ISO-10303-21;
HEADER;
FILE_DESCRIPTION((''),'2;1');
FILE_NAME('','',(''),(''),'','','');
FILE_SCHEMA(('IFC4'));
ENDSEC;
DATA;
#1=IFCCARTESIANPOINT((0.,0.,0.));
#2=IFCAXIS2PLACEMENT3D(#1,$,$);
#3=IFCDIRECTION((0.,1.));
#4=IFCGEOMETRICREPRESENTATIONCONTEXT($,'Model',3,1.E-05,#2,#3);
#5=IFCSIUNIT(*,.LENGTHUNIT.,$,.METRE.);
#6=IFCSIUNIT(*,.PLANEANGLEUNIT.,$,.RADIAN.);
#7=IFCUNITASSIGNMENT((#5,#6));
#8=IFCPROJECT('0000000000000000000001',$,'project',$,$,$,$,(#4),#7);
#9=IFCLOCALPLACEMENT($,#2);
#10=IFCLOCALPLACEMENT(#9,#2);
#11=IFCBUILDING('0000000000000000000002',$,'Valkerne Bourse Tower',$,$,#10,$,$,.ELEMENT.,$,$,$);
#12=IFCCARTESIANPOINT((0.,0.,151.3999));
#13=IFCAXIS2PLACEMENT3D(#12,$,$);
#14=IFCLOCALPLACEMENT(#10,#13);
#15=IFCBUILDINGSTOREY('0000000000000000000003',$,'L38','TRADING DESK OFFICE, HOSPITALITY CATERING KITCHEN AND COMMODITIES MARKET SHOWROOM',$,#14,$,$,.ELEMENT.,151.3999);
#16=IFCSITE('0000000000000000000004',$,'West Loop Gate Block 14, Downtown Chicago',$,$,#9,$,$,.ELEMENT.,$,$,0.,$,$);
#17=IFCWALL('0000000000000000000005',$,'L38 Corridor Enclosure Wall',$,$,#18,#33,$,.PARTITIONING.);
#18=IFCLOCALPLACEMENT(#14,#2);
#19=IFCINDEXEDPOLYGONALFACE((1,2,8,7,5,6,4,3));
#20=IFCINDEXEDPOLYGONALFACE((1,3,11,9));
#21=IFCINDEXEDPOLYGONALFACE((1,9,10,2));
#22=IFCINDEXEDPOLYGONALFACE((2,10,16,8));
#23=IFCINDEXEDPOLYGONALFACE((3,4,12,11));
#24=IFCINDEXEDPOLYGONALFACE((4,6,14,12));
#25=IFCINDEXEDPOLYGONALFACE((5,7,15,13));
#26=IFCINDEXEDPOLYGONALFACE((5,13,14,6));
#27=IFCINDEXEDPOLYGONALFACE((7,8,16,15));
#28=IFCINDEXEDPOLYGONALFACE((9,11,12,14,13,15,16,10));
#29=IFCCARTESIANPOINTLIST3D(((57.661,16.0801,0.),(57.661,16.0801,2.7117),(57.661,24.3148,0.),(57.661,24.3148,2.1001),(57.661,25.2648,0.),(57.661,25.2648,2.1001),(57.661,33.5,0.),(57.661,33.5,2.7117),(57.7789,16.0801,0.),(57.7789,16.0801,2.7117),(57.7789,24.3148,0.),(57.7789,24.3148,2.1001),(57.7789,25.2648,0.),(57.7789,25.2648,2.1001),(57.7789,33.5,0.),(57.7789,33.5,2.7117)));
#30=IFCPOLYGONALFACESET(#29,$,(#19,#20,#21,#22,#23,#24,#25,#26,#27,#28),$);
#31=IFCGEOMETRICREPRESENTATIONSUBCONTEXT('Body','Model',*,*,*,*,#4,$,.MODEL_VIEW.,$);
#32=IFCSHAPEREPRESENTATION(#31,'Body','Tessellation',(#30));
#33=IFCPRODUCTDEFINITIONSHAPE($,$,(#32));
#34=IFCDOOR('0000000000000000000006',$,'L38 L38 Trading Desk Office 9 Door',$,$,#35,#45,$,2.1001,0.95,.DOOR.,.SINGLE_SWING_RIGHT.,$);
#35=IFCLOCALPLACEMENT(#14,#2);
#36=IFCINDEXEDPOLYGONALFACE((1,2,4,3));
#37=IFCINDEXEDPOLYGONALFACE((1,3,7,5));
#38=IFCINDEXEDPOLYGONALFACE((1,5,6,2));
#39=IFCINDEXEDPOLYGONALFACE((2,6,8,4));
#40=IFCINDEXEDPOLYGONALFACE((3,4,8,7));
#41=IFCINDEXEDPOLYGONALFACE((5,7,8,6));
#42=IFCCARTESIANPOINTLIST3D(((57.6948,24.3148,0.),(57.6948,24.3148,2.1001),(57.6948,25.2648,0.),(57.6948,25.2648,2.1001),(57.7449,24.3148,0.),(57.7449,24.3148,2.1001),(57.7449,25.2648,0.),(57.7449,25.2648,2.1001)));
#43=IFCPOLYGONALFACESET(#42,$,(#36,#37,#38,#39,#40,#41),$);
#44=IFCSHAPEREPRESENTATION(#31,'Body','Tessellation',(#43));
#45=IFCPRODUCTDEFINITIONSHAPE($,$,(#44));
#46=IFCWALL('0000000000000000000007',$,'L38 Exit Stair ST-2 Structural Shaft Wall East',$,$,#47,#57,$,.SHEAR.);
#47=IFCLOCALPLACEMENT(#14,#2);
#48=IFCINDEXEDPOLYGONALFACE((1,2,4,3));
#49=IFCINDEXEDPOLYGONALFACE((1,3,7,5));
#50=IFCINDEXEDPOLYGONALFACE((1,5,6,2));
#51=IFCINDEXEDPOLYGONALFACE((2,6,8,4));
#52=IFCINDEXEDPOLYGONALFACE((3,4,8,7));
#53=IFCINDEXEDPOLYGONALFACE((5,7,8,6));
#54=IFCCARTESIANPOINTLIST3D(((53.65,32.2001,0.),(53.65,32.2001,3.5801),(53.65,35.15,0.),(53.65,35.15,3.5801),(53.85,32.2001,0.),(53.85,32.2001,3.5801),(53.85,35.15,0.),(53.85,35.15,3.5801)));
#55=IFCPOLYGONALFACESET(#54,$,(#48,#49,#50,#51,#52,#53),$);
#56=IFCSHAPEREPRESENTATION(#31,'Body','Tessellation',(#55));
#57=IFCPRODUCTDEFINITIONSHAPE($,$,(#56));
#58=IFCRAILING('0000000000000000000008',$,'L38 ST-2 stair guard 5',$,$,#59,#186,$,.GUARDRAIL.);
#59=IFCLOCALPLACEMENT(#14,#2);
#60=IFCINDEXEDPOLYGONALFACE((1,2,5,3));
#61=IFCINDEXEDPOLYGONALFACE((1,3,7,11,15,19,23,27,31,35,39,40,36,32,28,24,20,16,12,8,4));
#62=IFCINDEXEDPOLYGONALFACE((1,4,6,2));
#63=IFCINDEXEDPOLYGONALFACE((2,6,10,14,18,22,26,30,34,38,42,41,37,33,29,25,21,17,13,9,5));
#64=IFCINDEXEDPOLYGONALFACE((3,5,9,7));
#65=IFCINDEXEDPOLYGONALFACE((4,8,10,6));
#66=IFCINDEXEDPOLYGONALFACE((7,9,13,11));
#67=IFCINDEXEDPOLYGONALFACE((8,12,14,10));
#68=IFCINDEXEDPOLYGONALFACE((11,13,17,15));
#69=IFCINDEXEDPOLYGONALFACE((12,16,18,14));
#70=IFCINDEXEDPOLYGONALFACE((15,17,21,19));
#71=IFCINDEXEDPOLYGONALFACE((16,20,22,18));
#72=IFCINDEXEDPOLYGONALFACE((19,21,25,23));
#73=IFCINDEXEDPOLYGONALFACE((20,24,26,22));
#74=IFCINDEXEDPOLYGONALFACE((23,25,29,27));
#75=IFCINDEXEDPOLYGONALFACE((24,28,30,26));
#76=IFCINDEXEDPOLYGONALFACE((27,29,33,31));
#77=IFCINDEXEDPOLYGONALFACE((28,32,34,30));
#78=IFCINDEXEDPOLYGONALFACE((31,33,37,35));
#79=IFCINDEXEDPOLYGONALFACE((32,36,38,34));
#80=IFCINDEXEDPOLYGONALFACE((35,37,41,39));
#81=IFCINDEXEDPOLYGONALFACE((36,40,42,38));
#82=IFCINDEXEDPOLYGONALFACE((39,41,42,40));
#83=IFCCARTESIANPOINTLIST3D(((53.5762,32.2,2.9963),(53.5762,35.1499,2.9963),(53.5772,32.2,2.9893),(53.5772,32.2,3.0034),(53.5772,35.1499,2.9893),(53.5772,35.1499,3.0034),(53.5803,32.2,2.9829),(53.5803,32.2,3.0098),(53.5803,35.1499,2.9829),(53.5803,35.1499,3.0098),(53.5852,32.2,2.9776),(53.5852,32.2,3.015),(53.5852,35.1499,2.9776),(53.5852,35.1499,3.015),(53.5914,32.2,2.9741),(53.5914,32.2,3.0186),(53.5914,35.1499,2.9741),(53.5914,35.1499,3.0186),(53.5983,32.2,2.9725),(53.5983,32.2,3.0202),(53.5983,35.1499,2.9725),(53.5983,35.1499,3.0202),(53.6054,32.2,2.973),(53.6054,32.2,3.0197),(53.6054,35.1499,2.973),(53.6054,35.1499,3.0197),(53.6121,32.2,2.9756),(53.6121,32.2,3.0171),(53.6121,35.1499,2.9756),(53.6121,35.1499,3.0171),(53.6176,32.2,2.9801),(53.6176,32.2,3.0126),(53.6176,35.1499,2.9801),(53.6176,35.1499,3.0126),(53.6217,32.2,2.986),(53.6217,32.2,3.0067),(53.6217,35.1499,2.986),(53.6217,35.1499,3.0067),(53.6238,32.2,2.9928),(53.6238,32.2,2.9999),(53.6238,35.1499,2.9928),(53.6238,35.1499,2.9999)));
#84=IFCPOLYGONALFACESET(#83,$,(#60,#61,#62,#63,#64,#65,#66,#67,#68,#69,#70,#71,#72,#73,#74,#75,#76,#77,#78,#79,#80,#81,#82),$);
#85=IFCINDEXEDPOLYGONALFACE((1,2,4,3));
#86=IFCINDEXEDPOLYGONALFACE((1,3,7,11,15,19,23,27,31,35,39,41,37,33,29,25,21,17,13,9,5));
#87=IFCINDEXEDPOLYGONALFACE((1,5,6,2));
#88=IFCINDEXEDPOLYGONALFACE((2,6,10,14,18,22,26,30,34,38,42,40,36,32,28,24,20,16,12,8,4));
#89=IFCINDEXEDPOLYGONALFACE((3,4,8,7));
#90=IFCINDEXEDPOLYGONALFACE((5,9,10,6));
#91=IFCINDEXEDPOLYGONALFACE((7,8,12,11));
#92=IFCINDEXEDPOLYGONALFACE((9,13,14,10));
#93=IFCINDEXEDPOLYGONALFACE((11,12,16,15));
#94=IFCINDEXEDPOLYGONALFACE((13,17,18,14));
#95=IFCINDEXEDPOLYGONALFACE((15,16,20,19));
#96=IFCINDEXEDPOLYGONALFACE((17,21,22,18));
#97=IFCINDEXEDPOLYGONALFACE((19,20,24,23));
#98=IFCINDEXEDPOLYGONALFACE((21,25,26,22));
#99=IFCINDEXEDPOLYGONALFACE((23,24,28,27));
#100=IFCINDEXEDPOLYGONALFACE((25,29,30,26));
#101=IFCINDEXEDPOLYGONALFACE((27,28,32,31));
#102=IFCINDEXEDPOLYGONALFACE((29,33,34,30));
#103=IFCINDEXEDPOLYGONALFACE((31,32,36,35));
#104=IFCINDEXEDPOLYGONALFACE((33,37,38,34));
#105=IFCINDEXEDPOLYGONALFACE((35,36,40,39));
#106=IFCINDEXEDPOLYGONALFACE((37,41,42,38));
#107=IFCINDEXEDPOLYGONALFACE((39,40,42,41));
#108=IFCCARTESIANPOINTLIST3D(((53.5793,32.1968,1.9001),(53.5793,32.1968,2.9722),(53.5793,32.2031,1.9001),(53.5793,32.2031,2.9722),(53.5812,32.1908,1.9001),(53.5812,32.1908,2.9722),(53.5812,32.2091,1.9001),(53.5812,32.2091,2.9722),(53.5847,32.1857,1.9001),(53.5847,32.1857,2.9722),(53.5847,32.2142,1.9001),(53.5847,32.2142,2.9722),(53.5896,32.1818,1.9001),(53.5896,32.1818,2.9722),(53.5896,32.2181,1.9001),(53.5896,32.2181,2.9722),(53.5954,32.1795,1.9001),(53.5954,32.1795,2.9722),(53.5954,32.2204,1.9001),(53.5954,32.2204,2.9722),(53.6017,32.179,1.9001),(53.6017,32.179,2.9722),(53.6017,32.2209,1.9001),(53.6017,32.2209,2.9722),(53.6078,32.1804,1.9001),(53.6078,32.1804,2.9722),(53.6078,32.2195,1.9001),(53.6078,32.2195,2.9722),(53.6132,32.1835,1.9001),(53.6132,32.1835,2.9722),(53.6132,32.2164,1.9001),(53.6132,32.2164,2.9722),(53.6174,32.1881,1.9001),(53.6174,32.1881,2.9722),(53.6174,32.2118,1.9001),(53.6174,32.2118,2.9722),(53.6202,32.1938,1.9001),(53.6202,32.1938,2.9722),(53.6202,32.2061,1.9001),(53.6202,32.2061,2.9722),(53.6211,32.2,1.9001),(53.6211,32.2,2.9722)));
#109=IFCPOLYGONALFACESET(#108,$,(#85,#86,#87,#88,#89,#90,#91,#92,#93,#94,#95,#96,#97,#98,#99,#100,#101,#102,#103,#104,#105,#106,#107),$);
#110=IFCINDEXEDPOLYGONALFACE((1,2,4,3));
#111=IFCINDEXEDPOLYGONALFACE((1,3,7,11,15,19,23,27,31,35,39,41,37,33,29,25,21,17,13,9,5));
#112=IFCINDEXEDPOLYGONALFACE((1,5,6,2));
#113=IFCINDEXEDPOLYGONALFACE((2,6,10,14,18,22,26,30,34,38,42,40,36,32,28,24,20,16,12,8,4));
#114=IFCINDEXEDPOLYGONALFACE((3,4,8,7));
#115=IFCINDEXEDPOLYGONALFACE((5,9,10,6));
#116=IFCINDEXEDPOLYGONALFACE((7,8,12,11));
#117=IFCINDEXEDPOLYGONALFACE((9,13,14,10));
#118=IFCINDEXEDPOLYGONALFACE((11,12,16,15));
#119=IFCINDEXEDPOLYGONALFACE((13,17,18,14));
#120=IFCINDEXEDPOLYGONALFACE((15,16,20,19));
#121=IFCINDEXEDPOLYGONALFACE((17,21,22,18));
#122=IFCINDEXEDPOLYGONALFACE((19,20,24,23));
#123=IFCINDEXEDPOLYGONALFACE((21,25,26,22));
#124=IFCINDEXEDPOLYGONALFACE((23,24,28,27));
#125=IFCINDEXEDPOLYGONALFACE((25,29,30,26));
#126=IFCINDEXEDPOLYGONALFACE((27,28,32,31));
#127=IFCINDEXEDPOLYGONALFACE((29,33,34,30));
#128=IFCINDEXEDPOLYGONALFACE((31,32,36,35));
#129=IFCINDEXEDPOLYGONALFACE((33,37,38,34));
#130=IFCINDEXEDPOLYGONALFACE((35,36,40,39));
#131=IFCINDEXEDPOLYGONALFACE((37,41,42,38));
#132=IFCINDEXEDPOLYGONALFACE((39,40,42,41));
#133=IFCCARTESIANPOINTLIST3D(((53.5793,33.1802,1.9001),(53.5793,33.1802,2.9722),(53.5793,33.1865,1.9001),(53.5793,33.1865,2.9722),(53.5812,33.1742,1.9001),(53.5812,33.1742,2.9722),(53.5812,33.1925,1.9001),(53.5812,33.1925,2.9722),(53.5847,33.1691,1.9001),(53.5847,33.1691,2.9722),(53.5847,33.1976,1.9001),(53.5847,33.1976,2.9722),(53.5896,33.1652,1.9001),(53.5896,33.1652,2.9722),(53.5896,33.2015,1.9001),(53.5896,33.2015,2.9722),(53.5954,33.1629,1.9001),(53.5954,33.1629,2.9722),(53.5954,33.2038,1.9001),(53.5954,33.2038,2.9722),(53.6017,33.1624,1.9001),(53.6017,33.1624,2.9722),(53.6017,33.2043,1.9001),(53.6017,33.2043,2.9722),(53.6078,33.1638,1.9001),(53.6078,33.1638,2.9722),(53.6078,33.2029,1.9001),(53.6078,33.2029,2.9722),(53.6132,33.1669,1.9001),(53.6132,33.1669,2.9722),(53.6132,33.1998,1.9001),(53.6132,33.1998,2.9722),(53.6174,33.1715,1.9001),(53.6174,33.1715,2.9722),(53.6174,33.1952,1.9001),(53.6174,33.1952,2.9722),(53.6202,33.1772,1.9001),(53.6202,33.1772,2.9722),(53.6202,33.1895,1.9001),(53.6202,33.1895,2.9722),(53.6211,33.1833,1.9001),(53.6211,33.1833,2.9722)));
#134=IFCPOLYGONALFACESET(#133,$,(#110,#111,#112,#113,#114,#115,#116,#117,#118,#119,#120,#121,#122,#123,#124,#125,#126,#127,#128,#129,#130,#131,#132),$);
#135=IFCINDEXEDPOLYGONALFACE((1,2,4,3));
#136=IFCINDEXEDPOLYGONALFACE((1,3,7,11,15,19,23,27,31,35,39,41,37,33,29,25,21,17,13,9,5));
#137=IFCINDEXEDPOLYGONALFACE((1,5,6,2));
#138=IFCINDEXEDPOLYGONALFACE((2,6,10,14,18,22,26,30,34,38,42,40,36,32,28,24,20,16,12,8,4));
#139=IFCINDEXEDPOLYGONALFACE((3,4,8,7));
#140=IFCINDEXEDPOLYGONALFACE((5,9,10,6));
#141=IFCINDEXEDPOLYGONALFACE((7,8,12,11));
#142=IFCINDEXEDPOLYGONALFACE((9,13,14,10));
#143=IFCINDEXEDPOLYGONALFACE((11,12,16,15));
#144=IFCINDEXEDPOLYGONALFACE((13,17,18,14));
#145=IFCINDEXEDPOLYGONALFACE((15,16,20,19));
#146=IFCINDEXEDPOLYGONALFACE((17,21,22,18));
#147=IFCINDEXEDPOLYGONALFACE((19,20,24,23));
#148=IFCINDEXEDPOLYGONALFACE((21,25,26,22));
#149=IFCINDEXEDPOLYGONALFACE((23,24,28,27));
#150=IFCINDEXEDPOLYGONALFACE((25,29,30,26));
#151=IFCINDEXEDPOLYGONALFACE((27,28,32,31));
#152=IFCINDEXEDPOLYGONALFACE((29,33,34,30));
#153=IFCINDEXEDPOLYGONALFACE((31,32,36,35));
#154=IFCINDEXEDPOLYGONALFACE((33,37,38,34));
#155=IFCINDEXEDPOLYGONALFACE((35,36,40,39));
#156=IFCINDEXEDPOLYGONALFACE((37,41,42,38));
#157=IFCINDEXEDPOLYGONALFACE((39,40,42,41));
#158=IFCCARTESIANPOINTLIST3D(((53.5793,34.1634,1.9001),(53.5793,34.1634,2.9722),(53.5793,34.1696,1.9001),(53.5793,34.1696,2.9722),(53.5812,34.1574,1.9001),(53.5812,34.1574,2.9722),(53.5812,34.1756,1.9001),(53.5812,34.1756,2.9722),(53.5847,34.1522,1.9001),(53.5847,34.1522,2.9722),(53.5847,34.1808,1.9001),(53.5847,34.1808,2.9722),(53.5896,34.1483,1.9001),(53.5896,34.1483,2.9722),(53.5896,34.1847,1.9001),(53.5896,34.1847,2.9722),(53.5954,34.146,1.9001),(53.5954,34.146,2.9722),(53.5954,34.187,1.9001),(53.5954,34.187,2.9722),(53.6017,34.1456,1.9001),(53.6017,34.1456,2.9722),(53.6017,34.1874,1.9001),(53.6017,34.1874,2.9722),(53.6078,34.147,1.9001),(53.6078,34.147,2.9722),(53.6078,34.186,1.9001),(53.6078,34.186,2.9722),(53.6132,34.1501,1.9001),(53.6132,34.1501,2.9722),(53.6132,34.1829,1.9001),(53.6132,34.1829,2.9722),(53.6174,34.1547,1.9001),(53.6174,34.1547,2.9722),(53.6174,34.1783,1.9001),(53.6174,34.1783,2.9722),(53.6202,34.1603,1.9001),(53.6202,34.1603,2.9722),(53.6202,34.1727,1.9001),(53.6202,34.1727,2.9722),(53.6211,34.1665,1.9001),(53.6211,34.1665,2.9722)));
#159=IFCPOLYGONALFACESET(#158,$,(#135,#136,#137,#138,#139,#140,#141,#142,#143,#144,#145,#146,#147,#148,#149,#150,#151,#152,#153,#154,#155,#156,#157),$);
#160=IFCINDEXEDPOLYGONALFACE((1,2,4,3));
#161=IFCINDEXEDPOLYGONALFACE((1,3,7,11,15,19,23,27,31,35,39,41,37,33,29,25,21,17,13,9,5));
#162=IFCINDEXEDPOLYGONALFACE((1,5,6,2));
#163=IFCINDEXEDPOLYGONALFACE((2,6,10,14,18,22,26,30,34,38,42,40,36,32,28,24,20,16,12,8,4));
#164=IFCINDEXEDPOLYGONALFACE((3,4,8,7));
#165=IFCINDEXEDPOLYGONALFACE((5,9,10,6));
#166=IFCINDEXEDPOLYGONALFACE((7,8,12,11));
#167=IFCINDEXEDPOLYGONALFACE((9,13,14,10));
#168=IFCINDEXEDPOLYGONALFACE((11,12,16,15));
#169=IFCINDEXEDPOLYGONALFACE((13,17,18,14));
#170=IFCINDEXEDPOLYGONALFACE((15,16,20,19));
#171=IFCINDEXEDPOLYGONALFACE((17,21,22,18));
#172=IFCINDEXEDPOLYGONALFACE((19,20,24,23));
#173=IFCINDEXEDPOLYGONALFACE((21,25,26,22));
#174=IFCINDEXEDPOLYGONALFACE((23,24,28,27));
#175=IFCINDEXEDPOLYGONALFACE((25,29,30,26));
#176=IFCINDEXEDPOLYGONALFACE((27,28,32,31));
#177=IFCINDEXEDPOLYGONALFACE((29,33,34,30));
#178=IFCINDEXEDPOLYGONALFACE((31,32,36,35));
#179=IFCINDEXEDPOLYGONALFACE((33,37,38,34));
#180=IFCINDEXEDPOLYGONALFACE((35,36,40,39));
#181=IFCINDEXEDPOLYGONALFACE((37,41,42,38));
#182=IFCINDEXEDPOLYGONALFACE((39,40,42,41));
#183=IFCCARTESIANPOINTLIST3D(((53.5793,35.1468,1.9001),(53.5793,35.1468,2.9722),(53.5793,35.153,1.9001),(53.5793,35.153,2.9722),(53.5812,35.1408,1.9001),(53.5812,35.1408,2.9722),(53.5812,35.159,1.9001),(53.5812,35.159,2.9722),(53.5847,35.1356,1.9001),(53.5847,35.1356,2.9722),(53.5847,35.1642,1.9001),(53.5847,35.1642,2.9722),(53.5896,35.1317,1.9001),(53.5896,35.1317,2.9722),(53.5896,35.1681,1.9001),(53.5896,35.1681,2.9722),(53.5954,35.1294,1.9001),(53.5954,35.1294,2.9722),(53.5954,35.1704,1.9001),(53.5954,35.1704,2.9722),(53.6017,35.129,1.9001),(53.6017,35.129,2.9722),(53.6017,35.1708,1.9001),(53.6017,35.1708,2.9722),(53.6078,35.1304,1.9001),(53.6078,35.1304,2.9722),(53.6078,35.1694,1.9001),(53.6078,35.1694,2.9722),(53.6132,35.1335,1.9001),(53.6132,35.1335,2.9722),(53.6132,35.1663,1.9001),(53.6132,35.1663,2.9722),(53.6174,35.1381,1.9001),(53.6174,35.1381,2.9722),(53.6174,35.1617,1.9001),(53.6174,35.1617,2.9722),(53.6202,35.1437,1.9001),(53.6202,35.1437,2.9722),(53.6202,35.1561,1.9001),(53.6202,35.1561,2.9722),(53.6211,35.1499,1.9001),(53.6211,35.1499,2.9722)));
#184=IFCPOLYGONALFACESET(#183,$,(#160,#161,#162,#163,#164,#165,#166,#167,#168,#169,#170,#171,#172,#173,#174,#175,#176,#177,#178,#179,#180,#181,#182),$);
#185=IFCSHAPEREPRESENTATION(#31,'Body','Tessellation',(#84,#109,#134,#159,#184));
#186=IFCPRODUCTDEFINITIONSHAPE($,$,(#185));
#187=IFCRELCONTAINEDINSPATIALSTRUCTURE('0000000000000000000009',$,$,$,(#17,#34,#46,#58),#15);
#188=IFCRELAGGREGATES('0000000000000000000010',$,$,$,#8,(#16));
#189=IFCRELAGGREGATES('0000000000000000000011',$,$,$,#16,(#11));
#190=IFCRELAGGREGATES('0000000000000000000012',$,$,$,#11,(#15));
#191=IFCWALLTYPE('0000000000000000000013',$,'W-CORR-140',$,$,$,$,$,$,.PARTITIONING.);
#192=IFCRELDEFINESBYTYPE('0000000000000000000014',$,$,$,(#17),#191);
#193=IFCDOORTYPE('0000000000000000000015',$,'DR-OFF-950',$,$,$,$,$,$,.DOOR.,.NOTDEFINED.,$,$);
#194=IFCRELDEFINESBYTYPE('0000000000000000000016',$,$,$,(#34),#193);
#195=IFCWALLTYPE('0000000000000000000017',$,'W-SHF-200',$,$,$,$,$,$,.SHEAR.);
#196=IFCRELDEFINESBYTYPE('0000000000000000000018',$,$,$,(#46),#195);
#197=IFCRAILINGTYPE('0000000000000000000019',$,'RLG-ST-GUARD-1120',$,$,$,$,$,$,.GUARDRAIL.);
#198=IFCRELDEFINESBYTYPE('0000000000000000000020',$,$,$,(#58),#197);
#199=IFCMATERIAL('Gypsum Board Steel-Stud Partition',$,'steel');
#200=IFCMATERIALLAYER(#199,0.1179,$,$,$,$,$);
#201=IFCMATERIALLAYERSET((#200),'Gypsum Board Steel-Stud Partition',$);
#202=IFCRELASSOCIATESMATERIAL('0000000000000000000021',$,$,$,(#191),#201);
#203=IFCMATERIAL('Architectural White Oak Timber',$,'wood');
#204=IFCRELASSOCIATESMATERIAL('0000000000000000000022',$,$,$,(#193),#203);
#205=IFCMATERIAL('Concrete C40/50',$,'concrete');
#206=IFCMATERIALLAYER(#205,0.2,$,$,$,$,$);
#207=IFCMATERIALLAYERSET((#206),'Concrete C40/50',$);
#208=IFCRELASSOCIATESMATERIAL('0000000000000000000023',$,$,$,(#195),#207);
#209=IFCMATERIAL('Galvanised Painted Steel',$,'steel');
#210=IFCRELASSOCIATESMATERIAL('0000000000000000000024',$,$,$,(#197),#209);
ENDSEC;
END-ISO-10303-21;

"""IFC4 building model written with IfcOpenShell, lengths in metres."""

from ifc_helpers import new_model, si_unit, direction, frame, frame_2d, origin, origin_2d, place, context, subcontext, project, spatial, rectangle, circle, extrude, material, layer, layer_set, type_object, element, fill, save


model = new_model("IFC4")

# Units and contexts
model_context = context("Model", 3, precision=1e-05, world=origin(), true_north=direction((0.0, 1.0)))
body_context = subcontext(model_context, "Body", "Model", "MODEL_VIEW")
ifc_project = project(units=[si_unit("LENGTHUNIT", "METRE"), si_unit("PLANEANGLEUNIT", "RADIAN")], contexts=[model_context])

# Site, building, storey
site_placement = place(None, origin())
site = spatial("IfcSite", under=ifc_project, at=site_placement, Name="West Loop Gate Block 14, Downtown Chicago", CompositionType="ELEMENT", RefElevation=0.0)
building_placement = place(site_placement, origin())
building = spatial("IfcBuilding", under=site, at=building_placement, Name="Valkerne Bourse Tower", CompositionType="ELEMENT")
storey_placement = place(building_placement, frame((0.0, 0.0, 151.3999)))
storey = spatial("IfcBuildingStorey", under=building, at=storey_placement, Name="L38", Description="TRADING DESK OFFICE, HOSPITALITY CATERING KITCHEN AND COMMODITIES MARKET SHOWROOM", CompositionType="ELEMENT", Elevation=151.3999)

# Shared definitions
ifc_material_1 = material(Name="Gypsum Board Steel-Stud Partition", Category="steel")
ifc_layer_1 = layer(ifc_material_1, 0.1179)
ifc_layer_set_1 = layer_set([ifc_layer_1], Name="Gypsum Board Steel-Stud Partition")
wall_type_1 = type_object("IfcWallType", Name="W-CORR-140", PredefinedType="PARTITIONING", material=ifc_layer_set_1)

# Wall, opening, door
wall_1_placement = place(storey_placement, frame((57.72, 33.5, 0.0), z_axis=(0.0, 0.0, 1.0), x_axis=(0.0, -1.0, 0.0)))
wall_1 = element("IfcWall", 1, at=wall_1_placement, inside=storey, type_object=wall_type_1, Name="L38 Corridor Enclosure Wall", PredefinedType="PARTITIONING", context=body_context, shape_type="SweptSolid", body=[
    extrude(rectangle(XDim=17.4199, YDim=0.1179, at=frame_2d((8.71, 0.0))), origin(), (0.0, 0.0, 1.0), 2.7117),
])
opening_placement = place(wall_1_placement, frame((8.2351, 0.0, 0.0)))
opening = element("IfcOpeningElement", 2, at=opening_placement, cuts=wall_1, PredefinedType="OPENING", context=body_context, shape_type="SweptSolid", body=[
    extrude(rectangle(XDim=0.95, YDim=2.1001, at=frame_2d((0.4751, 1.05))), frame((0.0, 0.0688, 0.0), z_axis=(0.0, -1.0, 0.0), x_axis=(1.0, 0.0, 0.0)), (0.0, 0.0, 1.0), 0.1379),
])
ifc_material_2 = material(Name="Architectural White Oak Timber", Category="wood")
door_type = type_object("IfcDoorType", Name="DR-OFF-950", OperationType="NOTDEFINED", PredefinedType="DOOR", material=ifc_material_2)
door_placement = place(opening_placement, origin())
door = element("IfcDoor", 3, at=door_placement, inside=storey, type_object=door_type, Name="L38 L38 Trading Desk Office 9 Door", OperationType="SINGLE_SWING_RIGHT", OverallHeight=2.1001, OverallWidth=0.95, PredefinedType="DOOR", context=body_context, shape_type="SweptSolid", body=[
    extrude(rectangle(XDim=0.95, YDim=2.1001, at=frame_2d((0.4751, 1.05))), frame((0.0, 0.0249, 0.0), z_axis=(0.0, -1.0, 0.0), x_axis=(1.0, 0.0, 0.0)), (0.0, 0.0, 1.0), 0.05),
])
fill(opening, door)

# Wall
ifc_material_3 = material(Name="Concrete C40/50", Category="concrete")
ifc_layer_2 = layer(ifc_material_3, 0.2)
ifc_layer_set_2 = layer_set([ifc_layer_2], Name="Concrete C40/50")
wall_type_2 = type_object("IfcWallType", Name="W-SHF-200", PredefinedType="SHEAR", material=ifc_layer_set_2)
wall_2_placement = place(storey_placement, frame((53.75, 32.2, 0.0), z_axis=(0.0, 0.0, 1.0), x_axis=(0.0, 1.0, 0.0)))
element("IfcWall", 4, at=wall_2_placement, inside=storey, type_object=wall_type_2, Name="L38 Exit Stair ST-2 Structural Shaft Wall East", PredefinedType="SHEAR", context=body_context, shape_type="SweptSolid", body=[
    extrude(rectangle(XDim=2.95, YDim=0.2, at=frame_2d((1.4751, 0.0))), origin(), (0.0, 0.0, 1.0), 3.5801),
])

# Railing
ifc_material_4 = material(Name="Galvanised Painted Steel", Category="steel")
railing_type = type_object("IfcRailingType", Name="RLG-ST-GUARD-1120", PredefinedType="GUARDRAIL", material=ifc_material_4)
railing_1_placement = place(storey_placement, frame((53.6001, 32.2, 1.9001)))
element("IfcRailing", 5, at=railing_1_placement, inside=storey, type_object=railing_type, Name="L38 ST-2 stair guard 5", PredefinedType="GUARDRAIL", context=body_context, shape_type="SweptSolid", body=[
    extrude(circle(Radius=0.0239, at=origin_2d()), frame((0.0, 0.0, 1.0962), z_axis=(0.0, 1.0, 0.0), x_axis=(-1.0, 0.0, 0.0)), (0.0, 0.0, 1.0), 2.95),
    extrude(circle(Radius=0.021, at=origin_2d()), origin(), (0.0, 0.0, 1.0), 1.072),
    extrude(circle(Radius=0.021, at=origin_2d()), frame((0.0, 0.9834, 0.0)), (0.0, 0.0, 1.0), 1.072),
    extrude(circle(Radius=0.021, at=origin_2d()), frame((0.0, 1.9666, 0.0)), (0.0, 0.0, 1.0), 1.072),
    extrude(circle(Radius=0.021, at=origin_2d()), frame((0.0, 2.95, 0.0)), (0.0, 0.0, 1.0), 1.072),
])

save(model, "model.ifc")
